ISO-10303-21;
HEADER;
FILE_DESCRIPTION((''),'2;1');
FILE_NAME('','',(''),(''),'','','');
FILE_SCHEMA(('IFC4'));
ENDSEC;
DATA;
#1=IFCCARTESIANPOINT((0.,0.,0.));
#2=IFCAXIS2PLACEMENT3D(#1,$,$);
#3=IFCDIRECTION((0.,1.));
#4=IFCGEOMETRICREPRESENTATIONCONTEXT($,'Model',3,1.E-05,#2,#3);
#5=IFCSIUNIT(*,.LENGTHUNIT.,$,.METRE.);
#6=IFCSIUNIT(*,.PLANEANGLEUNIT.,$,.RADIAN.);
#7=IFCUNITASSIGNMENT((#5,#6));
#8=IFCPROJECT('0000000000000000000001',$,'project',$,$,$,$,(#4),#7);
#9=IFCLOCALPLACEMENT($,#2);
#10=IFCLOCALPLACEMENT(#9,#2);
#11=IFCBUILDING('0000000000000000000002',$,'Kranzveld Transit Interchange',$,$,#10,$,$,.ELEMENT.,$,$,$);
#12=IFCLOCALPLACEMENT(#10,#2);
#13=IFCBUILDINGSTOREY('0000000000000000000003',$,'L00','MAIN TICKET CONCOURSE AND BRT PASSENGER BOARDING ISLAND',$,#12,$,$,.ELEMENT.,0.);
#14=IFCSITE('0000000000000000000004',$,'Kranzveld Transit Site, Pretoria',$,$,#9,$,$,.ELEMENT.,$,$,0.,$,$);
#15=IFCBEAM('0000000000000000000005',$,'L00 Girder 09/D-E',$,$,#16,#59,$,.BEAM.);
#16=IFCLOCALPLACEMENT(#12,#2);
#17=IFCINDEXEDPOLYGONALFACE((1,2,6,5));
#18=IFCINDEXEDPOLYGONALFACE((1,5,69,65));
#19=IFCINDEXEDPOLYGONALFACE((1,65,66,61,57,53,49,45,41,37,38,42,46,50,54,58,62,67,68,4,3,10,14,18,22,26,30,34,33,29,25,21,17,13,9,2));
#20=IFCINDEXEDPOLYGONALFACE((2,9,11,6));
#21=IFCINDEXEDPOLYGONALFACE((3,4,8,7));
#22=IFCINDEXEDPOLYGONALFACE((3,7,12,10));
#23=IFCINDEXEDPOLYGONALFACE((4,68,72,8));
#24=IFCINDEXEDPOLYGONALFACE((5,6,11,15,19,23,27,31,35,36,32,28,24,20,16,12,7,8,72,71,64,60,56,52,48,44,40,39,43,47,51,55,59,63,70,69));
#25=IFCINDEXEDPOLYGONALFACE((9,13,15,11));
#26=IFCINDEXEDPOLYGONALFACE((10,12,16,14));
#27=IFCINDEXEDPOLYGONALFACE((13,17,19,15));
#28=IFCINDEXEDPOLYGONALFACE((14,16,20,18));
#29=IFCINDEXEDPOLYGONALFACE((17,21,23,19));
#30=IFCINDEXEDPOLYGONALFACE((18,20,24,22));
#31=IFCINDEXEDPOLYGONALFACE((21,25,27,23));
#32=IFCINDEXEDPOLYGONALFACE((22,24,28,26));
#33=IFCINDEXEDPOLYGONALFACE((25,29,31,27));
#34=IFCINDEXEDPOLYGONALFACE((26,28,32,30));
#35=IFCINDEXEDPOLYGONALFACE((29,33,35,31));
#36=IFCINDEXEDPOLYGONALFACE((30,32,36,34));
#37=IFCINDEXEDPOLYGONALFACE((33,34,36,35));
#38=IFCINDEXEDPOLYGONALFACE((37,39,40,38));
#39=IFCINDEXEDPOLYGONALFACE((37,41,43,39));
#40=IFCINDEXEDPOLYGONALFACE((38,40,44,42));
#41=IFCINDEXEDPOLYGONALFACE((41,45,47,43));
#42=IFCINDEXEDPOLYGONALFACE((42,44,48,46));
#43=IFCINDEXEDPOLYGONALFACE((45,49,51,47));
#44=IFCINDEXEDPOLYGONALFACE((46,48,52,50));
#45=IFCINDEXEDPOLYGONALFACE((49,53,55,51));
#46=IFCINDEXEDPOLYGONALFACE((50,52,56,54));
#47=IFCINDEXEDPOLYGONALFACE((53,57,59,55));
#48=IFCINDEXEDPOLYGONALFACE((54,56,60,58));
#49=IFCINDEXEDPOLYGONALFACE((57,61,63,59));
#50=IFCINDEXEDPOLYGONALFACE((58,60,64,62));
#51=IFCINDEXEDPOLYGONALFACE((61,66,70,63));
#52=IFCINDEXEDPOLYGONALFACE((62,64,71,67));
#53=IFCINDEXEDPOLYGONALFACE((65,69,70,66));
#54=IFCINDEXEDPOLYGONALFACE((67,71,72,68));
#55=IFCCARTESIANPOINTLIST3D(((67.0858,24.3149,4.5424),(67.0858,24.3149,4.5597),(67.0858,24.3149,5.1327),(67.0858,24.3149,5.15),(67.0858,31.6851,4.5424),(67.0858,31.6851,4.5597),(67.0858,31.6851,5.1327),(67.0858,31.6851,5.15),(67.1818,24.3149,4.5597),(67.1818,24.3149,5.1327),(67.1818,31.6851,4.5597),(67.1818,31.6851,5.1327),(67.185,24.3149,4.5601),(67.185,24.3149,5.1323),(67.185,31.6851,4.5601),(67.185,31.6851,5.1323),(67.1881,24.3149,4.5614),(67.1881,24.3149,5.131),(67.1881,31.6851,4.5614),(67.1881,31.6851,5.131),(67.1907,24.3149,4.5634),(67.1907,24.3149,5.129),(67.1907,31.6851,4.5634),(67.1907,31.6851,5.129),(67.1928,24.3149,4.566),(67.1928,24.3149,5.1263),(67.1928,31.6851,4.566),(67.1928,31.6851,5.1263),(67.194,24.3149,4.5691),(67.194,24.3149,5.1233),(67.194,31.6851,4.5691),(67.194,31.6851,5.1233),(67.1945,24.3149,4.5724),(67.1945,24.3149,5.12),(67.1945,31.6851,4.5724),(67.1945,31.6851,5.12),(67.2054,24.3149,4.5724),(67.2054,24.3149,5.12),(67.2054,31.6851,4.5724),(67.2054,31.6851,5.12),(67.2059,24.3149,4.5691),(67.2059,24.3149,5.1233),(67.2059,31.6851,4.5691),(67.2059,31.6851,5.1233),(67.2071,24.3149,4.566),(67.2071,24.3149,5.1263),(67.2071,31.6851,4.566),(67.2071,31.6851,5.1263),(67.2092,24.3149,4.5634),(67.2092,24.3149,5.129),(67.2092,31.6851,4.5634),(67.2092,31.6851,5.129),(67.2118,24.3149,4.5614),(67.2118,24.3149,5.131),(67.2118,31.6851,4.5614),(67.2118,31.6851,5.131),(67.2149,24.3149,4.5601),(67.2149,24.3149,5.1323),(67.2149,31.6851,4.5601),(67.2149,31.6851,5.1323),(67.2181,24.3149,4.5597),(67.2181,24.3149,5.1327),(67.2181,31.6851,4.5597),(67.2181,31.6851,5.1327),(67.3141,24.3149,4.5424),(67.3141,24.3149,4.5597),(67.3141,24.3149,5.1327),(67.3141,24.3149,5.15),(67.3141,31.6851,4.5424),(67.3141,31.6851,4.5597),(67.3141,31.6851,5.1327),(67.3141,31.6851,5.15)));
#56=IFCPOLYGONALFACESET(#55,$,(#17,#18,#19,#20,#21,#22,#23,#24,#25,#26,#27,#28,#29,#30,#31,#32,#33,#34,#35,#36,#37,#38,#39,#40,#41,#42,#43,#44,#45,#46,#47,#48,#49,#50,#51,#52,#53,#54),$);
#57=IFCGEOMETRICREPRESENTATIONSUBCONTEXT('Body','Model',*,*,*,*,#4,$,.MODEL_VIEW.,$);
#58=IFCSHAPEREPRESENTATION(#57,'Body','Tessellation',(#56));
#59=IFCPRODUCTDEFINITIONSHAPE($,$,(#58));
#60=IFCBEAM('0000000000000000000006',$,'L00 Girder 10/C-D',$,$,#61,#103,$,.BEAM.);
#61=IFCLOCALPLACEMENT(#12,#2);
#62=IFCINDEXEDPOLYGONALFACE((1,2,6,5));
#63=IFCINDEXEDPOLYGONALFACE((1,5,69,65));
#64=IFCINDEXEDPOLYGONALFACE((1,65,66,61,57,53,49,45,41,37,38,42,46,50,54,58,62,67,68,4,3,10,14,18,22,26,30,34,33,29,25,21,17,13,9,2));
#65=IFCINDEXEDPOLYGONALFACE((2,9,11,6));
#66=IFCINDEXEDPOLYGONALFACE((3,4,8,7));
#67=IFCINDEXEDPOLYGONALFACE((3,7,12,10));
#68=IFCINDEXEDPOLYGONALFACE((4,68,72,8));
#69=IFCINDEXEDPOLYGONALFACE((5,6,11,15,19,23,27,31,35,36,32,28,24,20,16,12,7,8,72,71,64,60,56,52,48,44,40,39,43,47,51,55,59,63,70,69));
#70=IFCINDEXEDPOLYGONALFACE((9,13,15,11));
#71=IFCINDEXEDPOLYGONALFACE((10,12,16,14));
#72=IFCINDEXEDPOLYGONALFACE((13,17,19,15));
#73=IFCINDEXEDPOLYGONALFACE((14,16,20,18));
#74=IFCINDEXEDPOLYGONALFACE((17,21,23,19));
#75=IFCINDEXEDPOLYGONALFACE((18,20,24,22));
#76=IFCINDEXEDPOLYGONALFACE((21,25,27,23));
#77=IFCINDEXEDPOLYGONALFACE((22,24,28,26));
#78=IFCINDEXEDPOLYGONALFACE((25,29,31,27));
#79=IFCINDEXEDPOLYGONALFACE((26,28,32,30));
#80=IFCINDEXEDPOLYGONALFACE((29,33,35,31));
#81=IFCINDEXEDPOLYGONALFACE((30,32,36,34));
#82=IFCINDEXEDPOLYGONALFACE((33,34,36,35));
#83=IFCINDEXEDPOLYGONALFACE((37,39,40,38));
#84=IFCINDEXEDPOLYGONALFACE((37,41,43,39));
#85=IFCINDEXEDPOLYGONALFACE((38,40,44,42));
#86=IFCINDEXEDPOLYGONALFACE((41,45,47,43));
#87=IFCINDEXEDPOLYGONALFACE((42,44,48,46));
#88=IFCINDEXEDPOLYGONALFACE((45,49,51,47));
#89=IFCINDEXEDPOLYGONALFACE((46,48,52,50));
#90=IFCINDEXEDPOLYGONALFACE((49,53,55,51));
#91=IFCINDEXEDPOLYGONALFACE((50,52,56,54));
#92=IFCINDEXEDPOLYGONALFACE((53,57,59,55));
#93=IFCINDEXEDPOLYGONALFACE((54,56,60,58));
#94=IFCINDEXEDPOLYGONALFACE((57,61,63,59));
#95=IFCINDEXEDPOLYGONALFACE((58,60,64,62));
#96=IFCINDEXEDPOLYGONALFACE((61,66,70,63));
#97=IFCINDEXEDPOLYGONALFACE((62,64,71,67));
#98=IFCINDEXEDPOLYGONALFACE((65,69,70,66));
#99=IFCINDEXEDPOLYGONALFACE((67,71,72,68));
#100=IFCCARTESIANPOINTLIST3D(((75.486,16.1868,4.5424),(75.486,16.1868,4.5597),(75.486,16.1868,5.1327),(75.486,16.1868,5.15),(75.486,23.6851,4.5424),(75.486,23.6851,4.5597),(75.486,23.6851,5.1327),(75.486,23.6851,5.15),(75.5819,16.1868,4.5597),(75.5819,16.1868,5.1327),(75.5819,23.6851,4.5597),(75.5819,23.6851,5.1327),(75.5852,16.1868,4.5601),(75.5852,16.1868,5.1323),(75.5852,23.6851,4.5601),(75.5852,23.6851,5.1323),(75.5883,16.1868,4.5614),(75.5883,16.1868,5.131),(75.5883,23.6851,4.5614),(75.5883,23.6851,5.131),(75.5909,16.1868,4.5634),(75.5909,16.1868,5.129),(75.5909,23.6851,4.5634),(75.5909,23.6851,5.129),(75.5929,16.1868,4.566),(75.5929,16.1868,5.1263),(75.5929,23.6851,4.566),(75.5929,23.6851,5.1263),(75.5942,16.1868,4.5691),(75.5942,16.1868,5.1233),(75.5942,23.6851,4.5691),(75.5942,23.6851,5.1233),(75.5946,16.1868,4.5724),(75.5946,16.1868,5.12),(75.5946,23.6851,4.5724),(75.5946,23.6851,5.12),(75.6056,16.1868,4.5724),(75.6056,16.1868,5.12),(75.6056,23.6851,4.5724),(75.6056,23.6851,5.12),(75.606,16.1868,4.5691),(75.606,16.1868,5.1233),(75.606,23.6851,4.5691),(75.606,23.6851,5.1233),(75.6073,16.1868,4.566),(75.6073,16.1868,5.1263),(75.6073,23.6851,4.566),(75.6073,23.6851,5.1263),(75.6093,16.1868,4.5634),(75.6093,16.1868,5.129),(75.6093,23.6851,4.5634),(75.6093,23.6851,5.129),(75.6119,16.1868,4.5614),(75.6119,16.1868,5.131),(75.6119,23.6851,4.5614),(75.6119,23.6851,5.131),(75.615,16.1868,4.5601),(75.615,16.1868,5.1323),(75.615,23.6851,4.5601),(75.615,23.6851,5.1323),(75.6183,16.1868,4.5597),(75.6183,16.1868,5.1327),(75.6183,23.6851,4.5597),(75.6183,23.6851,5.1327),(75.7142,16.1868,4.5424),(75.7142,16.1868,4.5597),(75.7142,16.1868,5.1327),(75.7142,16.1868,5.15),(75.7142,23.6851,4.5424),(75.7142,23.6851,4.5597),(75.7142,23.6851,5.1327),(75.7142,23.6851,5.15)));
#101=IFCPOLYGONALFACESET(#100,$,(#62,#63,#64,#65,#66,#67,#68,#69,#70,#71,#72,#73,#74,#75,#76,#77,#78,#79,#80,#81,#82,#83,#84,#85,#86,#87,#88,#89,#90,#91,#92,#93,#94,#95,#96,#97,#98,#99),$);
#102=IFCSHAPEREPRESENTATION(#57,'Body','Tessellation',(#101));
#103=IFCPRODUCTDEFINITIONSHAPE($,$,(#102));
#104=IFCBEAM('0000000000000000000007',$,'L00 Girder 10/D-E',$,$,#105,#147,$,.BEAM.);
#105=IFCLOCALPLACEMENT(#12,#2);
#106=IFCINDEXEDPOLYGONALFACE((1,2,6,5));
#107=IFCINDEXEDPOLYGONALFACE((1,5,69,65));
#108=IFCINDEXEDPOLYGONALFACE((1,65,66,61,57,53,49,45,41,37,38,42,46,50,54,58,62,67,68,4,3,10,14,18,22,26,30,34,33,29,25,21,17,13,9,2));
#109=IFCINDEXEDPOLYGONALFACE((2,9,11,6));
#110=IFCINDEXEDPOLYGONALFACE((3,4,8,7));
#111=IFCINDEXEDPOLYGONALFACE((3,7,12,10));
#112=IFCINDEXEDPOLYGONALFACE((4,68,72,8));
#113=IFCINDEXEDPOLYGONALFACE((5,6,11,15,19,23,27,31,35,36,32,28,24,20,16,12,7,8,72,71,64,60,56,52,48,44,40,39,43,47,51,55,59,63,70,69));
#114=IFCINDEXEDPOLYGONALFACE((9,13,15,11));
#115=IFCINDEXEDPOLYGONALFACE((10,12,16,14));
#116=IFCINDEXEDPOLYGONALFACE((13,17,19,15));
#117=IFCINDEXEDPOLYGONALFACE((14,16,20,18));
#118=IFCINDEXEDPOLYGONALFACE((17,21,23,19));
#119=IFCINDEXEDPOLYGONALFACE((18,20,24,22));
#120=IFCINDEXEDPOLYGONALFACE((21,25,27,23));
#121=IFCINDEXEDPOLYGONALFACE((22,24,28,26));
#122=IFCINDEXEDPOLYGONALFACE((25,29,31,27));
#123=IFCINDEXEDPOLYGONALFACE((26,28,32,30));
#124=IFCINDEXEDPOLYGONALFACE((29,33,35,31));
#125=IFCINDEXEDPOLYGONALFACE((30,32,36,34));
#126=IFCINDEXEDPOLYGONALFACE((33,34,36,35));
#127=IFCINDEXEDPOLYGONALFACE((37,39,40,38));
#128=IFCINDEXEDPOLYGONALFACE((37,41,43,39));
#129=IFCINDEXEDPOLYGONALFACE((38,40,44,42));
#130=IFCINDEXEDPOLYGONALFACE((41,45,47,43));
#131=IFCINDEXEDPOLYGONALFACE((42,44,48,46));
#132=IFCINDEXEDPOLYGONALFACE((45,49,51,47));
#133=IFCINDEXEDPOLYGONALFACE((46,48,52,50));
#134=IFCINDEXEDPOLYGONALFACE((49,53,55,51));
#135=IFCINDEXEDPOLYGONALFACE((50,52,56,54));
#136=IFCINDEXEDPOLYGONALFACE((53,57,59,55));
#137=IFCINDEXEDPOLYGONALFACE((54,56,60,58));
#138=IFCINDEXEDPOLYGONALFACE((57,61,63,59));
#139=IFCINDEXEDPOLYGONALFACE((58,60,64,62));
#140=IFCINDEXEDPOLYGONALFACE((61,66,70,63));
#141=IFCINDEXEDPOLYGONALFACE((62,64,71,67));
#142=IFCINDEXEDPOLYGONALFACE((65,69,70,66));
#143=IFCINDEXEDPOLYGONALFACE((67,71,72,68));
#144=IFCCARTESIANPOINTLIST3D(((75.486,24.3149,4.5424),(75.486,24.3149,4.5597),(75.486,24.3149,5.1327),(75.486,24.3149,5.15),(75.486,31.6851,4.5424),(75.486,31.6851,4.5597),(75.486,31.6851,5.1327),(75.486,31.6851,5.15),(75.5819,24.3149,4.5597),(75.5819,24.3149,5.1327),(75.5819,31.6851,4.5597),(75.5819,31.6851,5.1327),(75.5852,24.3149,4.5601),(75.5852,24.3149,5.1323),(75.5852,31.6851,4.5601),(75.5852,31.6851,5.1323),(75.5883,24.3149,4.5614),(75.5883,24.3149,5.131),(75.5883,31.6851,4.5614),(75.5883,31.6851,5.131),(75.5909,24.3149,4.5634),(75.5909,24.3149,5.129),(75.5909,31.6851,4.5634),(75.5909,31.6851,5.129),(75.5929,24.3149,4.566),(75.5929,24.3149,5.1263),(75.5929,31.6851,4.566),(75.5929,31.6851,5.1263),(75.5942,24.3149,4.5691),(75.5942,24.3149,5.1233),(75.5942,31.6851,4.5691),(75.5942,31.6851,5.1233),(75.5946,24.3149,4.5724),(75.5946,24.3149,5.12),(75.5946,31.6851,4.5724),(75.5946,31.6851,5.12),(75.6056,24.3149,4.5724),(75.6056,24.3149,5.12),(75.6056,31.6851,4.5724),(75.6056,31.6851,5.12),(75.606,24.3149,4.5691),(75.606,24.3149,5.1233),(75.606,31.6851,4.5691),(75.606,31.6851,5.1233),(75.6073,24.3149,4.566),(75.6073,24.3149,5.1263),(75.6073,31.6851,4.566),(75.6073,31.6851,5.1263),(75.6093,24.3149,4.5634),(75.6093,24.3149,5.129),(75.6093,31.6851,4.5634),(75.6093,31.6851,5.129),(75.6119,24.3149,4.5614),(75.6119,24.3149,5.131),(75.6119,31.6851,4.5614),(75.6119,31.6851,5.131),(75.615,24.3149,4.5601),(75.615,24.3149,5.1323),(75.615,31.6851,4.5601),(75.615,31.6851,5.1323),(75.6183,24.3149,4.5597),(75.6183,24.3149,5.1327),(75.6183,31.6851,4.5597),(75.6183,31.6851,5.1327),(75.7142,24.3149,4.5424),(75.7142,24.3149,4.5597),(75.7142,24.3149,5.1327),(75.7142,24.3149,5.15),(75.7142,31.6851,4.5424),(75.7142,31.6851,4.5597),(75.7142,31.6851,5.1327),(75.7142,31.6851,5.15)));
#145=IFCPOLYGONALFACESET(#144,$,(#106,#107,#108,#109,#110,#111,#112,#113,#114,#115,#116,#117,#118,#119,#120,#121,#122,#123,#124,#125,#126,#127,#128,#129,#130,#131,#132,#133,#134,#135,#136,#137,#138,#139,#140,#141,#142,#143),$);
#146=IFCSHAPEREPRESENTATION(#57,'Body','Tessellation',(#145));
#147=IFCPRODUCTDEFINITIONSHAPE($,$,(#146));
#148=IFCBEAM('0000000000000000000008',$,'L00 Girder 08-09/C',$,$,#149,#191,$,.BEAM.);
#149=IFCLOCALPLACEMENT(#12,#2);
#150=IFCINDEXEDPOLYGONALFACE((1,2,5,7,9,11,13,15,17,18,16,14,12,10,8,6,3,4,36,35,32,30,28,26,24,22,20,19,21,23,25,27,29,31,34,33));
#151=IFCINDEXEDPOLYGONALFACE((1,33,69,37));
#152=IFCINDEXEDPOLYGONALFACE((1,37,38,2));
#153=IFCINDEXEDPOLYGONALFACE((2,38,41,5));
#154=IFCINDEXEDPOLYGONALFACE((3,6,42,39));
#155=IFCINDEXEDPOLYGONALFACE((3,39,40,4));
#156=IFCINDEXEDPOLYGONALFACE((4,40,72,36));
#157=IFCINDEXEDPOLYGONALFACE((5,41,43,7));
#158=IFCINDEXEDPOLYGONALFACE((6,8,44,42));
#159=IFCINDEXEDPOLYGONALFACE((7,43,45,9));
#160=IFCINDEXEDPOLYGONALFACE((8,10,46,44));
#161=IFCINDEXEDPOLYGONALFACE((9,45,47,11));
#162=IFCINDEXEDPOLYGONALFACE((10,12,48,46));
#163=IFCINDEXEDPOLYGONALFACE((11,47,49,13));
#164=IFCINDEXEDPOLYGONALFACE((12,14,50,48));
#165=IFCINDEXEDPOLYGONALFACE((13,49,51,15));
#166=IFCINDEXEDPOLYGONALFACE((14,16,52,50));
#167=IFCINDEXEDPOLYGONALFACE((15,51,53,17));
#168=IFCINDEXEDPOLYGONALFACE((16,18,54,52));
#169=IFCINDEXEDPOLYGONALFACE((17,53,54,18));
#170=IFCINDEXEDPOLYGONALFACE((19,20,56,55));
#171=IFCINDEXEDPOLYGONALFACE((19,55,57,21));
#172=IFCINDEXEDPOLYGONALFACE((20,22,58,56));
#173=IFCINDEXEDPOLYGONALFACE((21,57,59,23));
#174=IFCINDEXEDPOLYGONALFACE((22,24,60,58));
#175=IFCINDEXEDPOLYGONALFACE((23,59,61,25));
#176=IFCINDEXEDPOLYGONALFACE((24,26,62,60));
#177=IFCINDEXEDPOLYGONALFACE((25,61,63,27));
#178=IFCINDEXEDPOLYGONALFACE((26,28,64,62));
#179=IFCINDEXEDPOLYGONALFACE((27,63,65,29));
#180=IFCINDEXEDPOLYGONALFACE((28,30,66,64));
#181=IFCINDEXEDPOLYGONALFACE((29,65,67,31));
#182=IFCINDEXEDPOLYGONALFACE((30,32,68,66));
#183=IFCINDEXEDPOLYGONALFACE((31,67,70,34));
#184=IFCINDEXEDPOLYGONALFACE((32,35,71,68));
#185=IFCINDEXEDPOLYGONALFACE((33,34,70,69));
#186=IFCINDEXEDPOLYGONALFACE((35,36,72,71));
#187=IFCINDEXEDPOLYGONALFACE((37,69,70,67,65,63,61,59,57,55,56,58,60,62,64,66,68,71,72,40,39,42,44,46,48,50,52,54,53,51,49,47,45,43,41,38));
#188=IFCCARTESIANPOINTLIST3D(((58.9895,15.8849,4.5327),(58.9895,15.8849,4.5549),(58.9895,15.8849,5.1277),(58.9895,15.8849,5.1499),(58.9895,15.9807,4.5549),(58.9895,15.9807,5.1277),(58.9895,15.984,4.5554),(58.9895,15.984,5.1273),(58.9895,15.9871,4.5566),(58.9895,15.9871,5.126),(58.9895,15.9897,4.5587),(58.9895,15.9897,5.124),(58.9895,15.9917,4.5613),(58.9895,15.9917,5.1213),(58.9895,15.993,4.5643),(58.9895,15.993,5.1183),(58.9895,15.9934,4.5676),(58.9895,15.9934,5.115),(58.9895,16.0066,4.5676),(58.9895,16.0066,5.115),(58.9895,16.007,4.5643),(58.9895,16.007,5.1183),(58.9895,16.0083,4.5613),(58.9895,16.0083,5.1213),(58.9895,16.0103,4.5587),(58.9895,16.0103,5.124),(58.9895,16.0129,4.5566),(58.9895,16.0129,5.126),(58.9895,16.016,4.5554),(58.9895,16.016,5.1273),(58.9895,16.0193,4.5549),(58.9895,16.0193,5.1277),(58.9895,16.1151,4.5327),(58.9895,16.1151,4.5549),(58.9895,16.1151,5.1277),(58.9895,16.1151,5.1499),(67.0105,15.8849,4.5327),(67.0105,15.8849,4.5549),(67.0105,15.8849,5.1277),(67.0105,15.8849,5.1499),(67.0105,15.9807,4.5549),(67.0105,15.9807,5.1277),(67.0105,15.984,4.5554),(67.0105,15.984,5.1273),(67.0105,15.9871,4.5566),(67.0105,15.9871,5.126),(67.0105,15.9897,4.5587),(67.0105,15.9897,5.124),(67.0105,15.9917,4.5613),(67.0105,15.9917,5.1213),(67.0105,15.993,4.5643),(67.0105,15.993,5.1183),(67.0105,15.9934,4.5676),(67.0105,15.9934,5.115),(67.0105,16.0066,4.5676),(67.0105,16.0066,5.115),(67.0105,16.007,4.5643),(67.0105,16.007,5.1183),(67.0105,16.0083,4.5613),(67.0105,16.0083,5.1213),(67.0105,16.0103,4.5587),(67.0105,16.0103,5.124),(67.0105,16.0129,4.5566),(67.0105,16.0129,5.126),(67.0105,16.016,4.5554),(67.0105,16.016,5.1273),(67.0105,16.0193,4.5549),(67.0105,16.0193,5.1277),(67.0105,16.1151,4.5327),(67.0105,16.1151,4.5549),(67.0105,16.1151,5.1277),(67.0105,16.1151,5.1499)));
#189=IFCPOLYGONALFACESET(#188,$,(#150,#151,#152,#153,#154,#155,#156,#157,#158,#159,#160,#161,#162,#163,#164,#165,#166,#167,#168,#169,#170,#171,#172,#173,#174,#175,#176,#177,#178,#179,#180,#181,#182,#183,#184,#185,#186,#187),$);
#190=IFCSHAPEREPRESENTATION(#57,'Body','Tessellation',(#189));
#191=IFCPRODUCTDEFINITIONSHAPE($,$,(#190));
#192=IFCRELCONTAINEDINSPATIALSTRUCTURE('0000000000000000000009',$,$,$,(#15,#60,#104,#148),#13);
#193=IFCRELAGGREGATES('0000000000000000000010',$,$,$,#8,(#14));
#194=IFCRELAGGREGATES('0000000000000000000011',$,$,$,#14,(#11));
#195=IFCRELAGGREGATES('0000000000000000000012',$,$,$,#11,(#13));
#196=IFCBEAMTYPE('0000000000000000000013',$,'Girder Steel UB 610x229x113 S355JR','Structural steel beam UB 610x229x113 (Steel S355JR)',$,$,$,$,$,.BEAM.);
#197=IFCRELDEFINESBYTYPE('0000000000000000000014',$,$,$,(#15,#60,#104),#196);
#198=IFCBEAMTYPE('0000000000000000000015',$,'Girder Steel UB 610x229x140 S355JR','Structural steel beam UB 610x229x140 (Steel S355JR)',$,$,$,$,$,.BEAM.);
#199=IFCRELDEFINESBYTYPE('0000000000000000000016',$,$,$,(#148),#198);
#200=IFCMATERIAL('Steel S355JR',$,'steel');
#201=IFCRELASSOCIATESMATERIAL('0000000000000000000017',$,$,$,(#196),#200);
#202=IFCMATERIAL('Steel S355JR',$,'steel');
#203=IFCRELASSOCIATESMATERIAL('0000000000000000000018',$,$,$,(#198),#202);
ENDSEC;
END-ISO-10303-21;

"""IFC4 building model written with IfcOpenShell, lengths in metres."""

from ifc_helpers import new_model, si_unit, direction, frame, origin, origin_2d, place, context, subcontext, project, spatial, i_section, extrude, material, material_profile, profile_set, type_object, element, save


model = new_model("IFC4")

# Units and contexts
model_context = context("Model", 3, precision=1e-05, world=origin(), true_north=direction((0.0, 1.0)))
body_context = subcontext(model_context, "Body", "Model", "MODEL_VIEW")
ifc_project = project(units=[si_unit("LENGTHUNIT", "METRE"), si_unit("PLANEANGLEUNIT", "RADIAN")], contexts=[model_context])

# Site, building, storey
site_placement = place(None, origin())
site = spatial("IfcSite", under=ifc_project, at=site_placement, Name="Kranzveld Transit Site, Pretoria", CompositionType="ELEMENT", RefElevation=0.0)
building_placement = place(site_placement, origin())
building = spatial("IfcBuilding", under=site, at=building_placement, Name="Kranzveld Transit Interchange", CompositionType="ELEMENT")
storey_placement = place(building_placement, origin())
storey = spatial("IfcBuildingStorey", under=building, at=storey_placement, Name="L00", Description="MAIN TICKET CONCOURSE AND BRT PASSENGER BOARDING ISLAND", CompositionType="ELEMENT", Elevation=0.0)

# Beams
ifc_material_1 = material(Name="Steel S355JR", Category="steel")
ifc_material_profile_1 = material_profile(ifc_material_1, i_section(OverallWidth=0.2283, OverallDepth=0.6077, WebThickness=0.011, FlangeThickness=0.0173, FilletRadius=0.0127, at=origin_2d()), Name="UB 610x229x113")
ifc_profile_set_1 = profile_set([ifc_material_profile_1], Name="Steel S355JR")
beam_type_1 = type_object("IfcBeamType", Name="Girder Steel UB 610x229x113 S355JR", Description="Structural steel beam UB 610x229x113 (Steel S355JR)", PredefinedType="BEAM", material=ifc_profile_set_1)
beam_1_placement = place(storey_placement, frame((67.2, 24.3149, 4.8462), z_axis=(0.0, 1.0, 0.0), x_axis=(-1.0, 0.0, 0.0)))
element("IfcBeam", 1, at=beam_1_placement, inside=storey, type_object=beam_type_1, Name="L00 Girder 09/D-E", PredefinedType="BEAM", context=body_context, shape_type="SweptSolid", body=[
    extrude(i_section(OverallWidth=0.2283, OverallDepth=0.6077, WebThickness=0.011, FlangeThickness=0.0173, FilletRadius=0.0127, at=origin_2d()), origin(), (0.0, 0.0, 1.0), 7.3701),
])
beam_2_placement = place(storey_placement, frame((75.6001, 16.1868, 4.8462), z_axis=(0.0, 1.0, 0.0), x_axis=(-1.0, 0.0, 0.0)))
element("IfcBeam", 2, at=beam_2_placement, inside=storey, type_object=beam_type_1, Name="L00 Girder 10/C-D", PredefinedType="BEAM", context=body_context, shape_type="SweptSolid", body=[
    extrude(i_section(OverallWidth=0.2283, OverallDepth=0.6077, WebThickness=0.011, FlangeThickness=0.0173, FilletRadius=0.0127, at=origin_2d()), origin(), (0.0, 0.0, 1.0), 7.4983),
])
beam_3_placement = place(storey_placement, frame((75.6001, 24.3149, 4.8462), z_axis=(0.0, 1.0, 0.0), x_axis=(-1.0, 0.0, 0.0)))
element("IfcBeam", 3, at=beam_3_placement, inside=storey, type_object=beam_type_1, Name="L00 Girder 10/D-E", PredefinedType="BEAM", context=body_context, shape_type="SweptSolid", body=[
    extrude(i_section(OverallWidth=0.2283, OverallDepth=0.6077, WebThickness=0.011, FlangeThickness=0.0173, FilletRadius=0.0127, at=origin_2d()), origin(), (0.0, 0.0, 1.0), 7.3701),
])
ifc_material_2 = material(Name="Steel S355JR", Category="steel")
ifc_material_profile_2 = material_profile(ifc_material_2, i_section(OverallWidth=0.2302, OverallDepth=0.6172, WebThickness=0.0132, FlangeThickness=0.0222, FilletRadius=0.0127, at=origin_2d()), Name="UB 610x229x140")
ifc_profile_set_2 = profile_set([ifc_material_profile_2], Name="Steel S355JR")
beam_type_2 = type_object("IfcBeamType", Name="Girder Steel UB 610x229x140 S355JR", Description="Structural steel beam UB 610x229x140 (Steel S355JR)", PredefinedType="BEAM", material=ifc_profile_set_2)
for number, where, z_axis, x_axis, name in (
    (4, (58.9895, 16.0, 4.8413), (1.0, 0.0, 0.0), (0.0, 1.0, 0.0), "L00 Girder 08-09/C"),
):
    element("IfcBeam", number, at=place(storey_placement, frame(where, z_axis=z_axis, x_axis=x_axis)), inside=storey, type_object=beam_type_2, Name=name, PredefinedType="BEAM", context=body_context, shape_type="SweptSolid", body=[
        extrude(i_section(OverallWidth=0.2302, OverallDepth=0.6172, WebThickness=0.0132, FlangeThickness=0.0222, FilletRadius=0.0127, at=origin_2d()), origin(), (0.0, 0.0, 1.0), 8.021),
    ])

save(model, "model.ifc")
